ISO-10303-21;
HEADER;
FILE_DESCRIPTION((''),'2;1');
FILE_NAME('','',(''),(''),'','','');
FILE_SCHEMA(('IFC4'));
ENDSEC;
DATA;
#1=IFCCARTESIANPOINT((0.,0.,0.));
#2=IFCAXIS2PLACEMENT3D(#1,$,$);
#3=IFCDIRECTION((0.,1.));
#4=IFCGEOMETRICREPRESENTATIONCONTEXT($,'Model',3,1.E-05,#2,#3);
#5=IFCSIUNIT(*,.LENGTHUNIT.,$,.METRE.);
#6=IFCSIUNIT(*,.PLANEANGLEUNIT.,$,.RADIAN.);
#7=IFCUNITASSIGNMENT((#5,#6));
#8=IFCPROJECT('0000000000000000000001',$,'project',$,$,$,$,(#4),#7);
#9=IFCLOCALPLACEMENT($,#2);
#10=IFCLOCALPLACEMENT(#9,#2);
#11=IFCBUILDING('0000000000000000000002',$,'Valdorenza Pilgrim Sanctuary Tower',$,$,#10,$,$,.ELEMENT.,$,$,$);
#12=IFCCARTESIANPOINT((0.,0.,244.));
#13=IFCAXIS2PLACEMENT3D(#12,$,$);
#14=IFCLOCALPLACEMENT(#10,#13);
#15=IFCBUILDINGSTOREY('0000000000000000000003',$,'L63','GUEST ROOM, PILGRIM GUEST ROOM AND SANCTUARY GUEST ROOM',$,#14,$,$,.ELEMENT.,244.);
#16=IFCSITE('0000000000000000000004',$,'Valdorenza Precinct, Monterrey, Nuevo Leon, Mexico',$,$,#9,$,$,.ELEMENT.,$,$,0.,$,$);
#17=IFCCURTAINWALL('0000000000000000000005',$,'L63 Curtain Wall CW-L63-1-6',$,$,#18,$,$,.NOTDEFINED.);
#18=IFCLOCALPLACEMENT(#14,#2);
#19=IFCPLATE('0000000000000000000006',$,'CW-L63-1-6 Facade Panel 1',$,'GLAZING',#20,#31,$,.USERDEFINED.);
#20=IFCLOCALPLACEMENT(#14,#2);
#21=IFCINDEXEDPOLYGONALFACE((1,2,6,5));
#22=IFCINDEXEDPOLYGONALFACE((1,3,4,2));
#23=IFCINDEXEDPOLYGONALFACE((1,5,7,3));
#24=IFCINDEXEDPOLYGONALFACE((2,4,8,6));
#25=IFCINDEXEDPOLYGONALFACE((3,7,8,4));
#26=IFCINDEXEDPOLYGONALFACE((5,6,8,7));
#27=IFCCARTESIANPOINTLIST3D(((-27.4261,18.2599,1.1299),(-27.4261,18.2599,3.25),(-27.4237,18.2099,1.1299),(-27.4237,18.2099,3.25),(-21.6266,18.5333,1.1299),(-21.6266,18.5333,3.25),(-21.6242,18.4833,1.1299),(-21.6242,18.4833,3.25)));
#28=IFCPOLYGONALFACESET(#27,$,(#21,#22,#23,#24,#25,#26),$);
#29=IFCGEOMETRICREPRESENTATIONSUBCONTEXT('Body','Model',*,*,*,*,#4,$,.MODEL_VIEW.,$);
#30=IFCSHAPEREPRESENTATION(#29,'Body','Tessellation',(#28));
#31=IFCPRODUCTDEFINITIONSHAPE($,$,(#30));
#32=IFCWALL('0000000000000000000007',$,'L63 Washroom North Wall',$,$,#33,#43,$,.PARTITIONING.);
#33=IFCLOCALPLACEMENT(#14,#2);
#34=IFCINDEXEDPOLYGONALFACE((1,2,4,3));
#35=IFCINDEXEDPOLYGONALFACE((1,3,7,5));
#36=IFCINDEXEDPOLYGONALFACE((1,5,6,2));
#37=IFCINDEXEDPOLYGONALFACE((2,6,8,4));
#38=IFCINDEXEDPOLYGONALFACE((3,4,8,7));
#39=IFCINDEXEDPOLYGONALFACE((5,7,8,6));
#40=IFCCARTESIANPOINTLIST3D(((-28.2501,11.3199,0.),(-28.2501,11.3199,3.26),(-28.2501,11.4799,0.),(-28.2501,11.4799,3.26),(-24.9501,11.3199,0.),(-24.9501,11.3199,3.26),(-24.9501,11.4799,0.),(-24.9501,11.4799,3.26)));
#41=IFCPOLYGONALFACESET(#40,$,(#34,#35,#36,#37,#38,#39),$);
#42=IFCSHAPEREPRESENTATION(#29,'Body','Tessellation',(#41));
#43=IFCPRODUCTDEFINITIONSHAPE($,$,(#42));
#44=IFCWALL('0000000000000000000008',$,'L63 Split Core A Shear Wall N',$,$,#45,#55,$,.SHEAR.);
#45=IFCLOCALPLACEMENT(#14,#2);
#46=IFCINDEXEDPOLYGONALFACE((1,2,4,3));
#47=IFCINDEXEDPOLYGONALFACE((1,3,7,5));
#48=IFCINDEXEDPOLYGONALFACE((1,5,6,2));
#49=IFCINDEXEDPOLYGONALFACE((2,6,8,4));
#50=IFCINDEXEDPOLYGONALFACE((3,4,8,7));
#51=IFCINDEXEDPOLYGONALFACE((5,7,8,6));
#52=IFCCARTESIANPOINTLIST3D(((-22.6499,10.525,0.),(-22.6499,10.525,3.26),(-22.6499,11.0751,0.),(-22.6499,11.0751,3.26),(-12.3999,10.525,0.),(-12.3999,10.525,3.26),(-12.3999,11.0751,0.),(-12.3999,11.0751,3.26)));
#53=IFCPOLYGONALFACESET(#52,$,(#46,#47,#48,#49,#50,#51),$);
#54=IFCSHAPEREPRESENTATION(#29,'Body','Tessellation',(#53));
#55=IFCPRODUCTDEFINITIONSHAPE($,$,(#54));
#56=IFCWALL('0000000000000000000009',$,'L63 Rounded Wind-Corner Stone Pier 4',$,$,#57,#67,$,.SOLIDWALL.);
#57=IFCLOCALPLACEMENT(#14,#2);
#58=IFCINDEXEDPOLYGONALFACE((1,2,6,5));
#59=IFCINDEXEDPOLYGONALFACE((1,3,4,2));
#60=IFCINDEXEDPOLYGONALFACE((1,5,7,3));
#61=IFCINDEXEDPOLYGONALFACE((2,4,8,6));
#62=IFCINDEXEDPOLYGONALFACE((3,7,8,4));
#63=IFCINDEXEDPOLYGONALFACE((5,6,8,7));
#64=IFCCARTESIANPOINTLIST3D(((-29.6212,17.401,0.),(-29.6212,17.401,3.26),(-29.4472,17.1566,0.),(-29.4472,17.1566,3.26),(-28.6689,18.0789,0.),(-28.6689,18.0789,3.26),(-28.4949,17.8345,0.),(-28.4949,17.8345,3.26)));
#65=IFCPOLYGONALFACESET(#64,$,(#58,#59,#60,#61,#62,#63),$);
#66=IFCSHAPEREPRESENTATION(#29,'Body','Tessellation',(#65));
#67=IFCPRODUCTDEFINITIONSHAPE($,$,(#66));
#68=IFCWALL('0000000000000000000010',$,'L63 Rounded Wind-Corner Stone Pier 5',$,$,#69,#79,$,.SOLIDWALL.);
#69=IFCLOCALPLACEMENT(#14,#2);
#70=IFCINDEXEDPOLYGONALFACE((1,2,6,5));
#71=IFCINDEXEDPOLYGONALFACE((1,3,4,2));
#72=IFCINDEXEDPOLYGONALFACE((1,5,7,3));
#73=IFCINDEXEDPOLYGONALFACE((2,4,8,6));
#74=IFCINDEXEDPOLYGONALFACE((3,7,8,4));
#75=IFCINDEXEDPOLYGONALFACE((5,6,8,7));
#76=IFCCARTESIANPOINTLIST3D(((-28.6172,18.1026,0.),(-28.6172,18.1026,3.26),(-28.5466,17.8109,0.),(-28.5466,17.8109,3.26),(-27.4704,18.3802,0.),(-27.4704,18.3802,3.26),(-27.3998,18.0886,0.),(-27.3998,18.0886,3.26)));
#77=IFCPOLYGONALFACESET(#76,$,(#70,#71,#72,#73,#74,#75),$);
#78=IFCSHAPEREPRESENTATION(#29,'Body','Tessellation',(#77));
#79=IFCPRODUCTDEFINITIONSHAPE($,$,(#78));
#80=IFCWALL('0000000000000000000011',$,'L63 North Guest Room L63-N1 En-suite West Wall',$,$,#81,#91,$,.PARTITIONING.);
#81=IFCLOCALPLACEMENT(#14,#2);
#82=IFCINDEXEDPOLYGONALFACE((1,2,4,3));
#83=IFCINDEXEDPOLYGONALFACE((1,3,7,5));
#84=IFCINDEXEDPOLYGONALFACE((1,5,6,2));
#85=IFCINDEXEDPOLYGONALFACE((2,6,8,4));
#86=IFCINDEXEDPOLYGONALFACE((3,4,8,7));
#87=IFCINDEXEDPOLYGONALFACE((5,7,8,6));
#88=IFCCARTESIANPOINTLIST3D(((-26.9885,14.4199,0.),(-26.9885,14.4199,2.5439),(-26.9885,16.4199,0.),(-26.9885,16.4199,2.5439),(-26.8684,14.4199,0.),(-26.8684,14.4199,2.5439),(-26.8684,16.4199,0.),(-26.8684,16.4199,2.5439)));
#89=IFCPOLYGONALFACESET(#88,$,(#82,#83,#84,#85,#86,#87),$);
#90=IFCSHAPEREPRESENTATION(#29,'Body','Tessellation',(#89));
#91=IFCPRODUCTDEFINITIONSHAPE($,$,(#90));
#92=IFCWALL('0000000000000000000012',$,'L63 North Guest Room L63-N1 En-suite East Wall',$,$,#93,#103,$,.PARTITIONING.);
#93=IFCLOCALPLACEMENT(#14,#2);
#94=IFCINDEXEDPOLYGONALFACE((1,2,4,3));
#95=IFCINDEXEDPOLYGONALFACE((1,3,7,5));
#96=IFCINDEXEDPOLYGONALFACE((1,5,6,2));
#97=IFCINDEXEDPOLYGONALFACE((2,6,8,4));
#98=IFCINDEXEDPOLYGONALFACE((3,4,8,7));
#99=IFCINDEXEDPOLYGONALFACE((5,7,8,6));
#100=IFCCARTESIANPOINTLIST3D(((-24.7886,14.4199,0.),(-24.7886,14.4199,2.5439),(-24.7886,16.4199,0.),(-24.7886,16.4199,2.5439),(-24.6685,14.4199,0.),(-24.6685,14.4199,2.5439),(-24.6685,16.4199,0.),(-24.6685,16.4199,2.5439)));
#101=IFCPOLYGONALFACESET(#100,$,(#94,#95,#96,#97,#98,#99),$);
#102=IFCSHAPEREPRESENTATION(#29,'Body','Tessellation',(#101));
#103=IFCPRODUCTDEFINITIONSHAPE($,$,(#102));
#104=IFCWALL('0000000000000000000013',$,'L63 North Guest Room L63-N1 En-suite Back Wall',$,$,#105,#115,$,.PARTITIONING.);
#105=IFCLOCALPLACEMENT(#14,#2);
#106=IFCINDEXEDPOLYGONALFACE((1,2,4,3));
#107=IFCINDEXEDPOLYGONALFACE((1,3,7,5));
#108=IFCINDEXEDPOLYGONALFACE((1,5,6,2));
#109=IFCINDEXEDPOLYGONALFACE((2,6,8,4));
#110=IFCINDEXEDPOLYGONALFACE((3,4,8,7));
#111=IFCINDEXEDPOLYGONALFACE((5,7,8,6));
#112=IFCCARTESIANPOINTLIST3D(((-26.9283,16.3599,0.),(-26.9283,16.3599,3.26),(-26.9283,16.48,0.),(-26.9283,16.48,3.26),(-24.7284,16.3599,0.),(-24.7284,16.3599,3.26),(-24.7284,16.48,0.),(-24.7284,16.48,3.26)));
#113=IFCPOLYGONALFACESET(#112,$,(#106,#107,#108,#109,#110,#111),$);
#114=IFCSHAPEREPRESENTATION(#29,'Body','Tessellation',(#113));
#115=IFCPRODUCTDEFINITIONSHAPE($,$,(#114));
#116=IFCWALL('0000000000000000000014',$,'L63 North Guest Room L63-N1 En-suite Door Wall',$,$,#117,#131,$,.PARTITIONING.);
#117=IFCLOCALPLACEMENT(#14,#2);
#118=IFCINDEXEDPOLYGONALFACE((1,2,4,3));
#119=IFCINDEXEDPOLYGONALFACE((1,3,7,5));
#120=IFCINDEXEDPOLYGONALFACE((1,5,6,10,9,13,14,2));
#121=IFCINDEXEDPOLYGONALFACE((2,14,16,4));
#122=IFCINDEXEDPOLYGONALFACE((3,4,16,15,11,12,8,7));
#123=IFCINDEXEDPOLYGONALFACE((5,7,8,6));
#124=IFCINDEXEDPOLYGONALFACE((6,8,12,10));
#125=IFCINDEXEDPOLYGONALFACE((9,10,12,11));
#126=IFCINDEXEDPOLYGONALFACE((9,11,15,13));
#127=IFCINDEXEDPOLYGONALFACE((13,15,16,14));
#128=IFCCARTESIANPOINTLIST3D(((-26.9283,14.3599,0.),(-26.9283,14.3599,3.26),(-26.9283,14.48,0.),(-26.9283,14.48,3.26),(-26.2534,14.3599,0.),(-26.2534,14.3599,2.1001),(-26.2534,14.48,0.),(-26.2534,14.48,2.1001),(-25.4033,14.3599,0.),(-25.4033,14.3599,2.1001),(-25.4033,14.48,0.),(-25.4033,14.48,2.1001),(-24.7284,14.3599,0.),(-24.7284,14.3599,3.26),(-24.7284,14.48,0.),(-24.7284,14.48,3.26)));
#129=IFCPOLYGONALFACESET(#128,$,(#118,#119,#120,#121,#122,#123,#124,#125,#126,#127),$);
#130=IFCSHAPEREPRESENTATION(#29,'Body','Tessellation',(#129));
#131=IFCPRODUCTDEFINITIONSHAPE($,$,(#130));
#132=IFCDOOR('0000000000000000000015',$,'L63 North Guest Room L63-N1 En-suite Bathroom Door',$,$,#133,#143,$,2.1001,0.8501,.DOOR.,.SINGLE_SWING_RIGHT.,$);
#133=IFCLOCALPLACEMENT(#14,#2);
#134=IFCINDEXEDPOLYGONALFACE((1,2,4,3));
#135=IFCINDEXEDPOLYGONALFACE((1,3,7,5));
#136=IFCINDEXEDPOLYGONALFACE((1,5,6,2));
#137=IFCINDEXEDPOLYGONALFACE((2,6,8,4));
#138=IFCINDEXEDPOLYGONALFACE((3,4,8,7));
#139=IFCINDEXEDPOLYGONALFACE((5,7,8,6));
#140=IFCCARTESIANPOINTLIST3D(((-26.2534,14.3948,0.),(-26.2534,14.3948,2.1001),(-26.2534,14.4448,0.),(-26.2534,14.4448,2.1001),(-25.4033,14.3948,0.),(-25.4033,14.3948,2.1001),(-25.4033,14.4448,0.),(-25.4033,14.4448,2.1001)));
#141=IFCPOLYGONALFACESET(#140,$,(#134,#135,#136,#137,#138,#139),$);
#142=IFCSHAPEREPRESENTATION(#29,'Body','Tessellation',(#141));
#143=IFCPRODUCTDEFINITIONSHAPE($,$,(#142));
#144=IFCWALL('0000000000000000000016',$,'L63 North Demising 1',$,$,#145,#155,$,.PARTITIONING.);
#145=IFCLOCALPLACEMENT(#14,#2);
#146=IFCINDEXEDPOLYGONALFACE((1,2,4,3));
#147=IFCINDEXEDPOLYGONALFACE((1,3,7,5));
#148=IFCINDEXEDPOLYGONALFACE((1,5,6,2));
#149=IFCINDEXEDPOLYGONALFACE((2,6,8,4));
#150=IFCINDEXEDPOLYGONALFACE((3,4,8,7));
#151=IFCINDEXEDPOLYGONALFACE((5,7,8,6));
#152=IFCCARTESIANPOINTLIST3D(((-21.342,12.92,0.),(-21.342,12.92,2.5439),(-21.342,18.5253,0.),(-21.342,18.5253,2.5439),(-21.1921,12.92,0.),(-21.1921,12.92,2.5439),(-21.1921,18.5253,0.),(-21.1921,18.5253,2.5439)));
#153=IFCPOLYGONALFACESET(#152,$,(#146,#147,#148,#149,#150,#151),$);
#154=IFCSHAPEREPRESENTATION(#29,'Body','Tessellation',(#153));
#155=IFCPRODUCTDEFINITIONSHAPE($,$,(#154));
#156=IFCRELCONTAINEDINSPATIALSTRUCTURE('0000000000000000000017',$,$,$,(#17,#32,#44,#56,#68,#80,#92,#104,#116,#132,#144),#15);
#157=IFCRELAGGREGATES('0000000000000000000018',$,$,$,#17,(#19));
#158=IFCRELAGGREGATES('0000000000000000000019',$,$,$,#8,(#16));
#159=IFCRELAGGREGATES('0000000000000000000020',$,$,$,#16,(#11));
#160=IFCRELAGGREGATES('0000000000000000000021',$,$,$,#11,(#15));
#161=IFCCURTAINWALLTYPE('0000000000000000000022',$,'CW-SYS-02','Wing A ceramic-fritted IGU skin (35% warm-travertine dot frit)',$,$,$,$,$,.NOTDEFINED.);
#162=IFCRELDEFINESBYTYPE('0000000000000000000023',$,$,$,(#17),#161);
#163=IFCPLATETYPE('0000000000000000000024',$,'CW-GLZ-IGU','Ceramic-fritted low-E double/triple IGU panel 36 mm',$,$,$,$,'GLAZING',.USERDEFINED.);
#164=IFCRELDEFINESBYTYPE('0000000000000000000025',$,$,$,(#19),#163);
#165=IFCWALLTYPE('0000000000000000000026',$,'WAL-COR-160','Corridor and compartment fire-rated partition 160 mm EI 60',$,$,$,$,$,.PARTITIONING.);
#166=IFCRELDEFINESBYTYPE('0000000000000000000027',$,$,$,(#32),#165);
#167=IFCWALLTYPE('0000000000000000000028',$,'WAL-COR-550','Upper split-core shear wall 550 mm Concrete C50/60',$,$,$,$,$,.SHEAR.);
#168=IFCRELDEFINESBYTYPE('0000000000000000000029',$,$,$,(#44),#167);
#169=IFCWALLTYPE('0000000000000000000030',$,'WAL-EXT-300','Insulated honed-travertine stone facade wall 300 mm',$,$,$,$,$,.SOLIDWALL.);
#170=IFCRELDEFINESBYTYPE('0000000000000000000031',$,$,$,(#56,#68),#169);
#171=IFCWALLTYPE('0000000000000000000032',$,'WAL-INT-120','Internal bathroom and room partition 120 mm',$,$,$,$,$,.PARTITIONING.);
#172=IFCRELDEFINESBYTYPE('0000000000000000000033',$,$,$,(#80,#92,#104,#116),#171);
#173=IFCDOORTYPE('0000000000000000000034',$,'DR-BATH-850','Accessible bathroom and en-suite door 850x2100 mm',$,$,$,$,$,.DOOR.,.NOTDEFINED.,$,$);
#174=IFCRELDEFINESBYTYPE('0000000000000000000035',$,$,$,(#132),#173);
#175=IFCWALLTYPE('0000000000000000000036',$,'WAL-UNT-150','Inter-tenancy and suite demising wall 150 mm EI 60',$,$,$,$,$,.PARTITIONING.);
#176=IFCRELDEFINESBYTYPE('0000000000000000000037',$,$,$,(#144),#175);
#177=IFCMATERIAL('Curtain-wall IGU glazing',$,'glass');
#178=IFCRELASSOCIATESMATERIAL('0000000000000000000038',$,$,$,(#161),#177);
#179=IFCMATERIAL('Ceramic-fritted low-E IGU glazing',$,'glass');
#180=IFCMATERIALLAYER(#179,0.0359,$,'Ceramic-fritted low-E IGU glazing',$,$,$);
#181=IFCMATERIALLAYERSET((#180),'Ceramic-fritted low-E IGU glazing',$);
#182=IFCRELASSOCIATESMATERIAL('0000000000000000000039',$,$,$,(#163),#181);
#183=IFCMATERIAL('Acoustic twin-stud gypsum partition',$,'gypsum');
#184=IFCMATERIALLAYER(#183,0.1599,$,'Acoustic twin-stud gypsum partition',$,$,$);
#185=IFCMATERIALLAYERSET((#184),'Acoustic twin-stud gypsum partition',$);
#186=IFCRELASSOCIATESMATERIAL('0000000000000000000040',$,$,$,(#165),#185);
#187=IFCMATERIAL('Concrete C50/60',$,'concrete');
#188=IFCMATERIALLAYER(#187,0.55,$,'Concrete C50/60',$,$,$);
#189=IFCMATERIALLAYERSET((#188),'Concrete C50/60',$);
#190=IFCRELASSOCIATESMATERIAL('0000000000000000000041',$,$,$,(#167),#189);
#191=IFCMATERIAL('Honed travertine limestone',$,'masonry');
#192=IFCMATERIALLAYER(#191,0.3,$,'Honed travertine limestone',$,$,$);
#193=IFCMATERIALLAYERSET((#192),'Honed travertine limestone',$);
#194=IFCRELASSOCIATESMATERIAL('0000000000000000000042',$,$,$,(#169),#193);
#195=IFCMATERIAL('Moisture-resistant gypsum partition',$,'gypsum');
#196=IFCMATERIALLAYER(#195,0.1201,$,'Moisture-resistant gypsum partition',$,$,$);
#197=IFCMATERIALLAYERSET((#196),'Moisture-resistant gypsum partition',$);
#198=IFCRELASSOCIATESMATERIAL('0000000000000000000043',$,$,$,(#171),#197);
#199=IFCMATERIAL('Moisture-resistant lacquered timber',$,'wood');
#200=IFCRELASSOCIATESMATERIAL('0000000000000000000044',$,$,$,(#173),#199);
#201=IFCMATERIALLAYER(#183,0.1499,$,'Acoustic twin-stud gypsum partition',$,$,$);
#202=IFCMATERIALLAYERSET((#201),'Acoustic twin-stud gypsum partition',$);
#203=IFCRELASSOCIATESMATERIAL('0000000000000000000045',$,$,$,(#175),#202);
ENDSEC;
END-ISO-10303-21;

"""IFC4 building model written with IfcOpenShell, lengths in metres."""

from ifc_helpers import new_model, si_unit, direction, frame, frame_2d, origin, origin_2d, place, context, subcontext, project, spatial, rectangle, extrude, source, transform, mapped, material, layer, layer_set, type_object, element, fill, aggregate, save


model = new_model("IFC4")

# Units and contexts
model_context = context("Model", 3, precision=1e-05, world=origin(), true_north=direction((0.0, 1.0)))
body_context = subcontext(model_context, "Body", "Model", "MODEL_VIEW")
ifc_project = project(units=[si_unit("LENGTHUNIT", "METRE"), si_unit("PLANEANGLEUNIT", "RADIAN")], contexts=[model_context])

# Site, building, storey
site_placement = place(None, origin())
site = spatial("IfcSite", under=ifc_project, at=site_placement, Name="Valdorenza Precinct, Monterrey, Nuevo Leon, Mexico", CompositionType="ELEMENT", RefElevation=0.0)
building_placement = place(site_placement, origin())
building = spatial("IfcBuilding", under=site, at=building_placement, Name="Valdorenza Pilgrim Sanctuary Tower", CompositionType="ELEMENT")
storey_placement = place(building_placement, frame((0.0, 0.0, 244.0)))
storey = spatial("IfcBuildingStorey", under=building, at=storey_placement, Name="L63", Description="GUEST ROOM, PILGRIM GUEST ROOM AND SANCTUARY GUEST ROOM", CompositionType="ELEMENT", Elevation=244.0)

# Shared definitions
ifc_material_1 = material(Name="Concrete C50/60", Category="concrete")

# Curtain wall, plate
ifc_material_2 = material(Name="Curtain-wall IGU glazing", Category="glass")
curtain_wall_type = type_object("IfcCurtainWallType", Name="CW-SYS-02", Description="Wing A ceramic-fritted IGU skin (35% warm-travertine dot frit)", PredefinedType="NOTDEFINED", material=ifc_material_2)
curtain_wall_placement = place(storey_placement, origin())
curtain_wall = element("IfcCurtainWall", 1, at=curtain_wall_placement, inside=storey, type_object=curtain_wall_type, Name="L63 Curtain Wall CW-L63-1-6", PredefinedType="NOTDEFINED")
ifc_material_3 = material(Name="Honed travertine limestone", Category="masonry")
ifc_material_4 = material(Name="Ceramic-fritted low-E IGU glazing", Category="glass")
ifc_layer_1 = layer(ifc_material_4, 0.0359, Name="Ceramic-fritted low-E IGU glazing")
ifc_layer_set_1 = layer_set([ifc_layer_1], Name="Ceramic-fritted low-E IGU glazing")
plate_type_1 = type_object("IfcPlateType", Name="CW-GLZ-IGU", Description="Ceramic-fritted low-E double/triple IGU panel 36 mm", ElementType="GLAZING", PredefinedType="USERDEFINED", material=ifc_layer_set_1)
shared_shape_1 = source(origin(), body_context, "Body", "SweptSolid", [
    extrude(rectangle(XDim=5.8059, YDim=0.05, at=origin_2d()), origin(), (0.0, 0.0, 1.0), 2.1201),
])
plate_1_placement = place(storey_placement, frame((-24.5251, 18.3716, 1.1299), z_axis=(0.0, 0.0, 1.0), x_axis=(0.998891, 0.047089, 0.0)))
plate_1 = element("IfcPlate", 2, at=plate_1_placement, type_object=plate_type_1, Name="CW-L63-1-6 Facade Panel 1", ObjectType="GLAZING", PredefinedType="USERDEFINED", context=body_context, shape_type="MappedRepresentation", body=[
    mapped(shared_shape_1, transform((0.0, 0.0, 0.0), x_axis=(1.0, 0.0, 0.0), y_axis=(0.0, 1.0, 0.0), z_axis=(0.0, 0.0, 1.0), scale=1.0)),
])
aggregate(curtain_wall, [plate_1])

# Walls
ifc_material_5 = material(Name="Acoustic twin-stud gypsum partition", Category="gypsum")
ifc_layer_2 = layer(ifc_material_5, 0.1599, Name="Acoustic twin-stud gypsum partition")
ifc_layer_set_2 = layer_set([ifc_layer_2], Name="Acoustic twin-stud gypsum partition")
wall_type_1 = type_object("IfcWallType", Name="WAL-COR-160", Description="Corridor and compartment fire-rated partition 160 mm EI 60", PredefinedType="PARTITIONING", material=ifc_layer_set_2)
wall_1_placement = place(storey_placement, frame((-28.25, 11.3999, 0.0), z_axis=(0.0, 0.0, 1.0), x_axis=(1.0, 0.0, 0.0)))
element("IfcWall", 3, at=wall_1_placement, inside=storey, type_object=wall_type_1, Name="L63 Washroom North Wall", PredefinedType="PARTITIONING", context=body_context, shape_type="SweptSolid", body=[
    extrude(rectangle(XDim=3.3, YDim=0.1599, at=frame_2d((1.6499, 0.0))), origin(), (0.0, 0.0, 1.0), 3.26),
])
ifc_layer_3 = layer(ifc_material_1, 0.55, Name="Concrete C50/60")
ifc_layer_set_3 = layer_set([ifc_layer_3], Name="Concrete C50/60")
wall_type_2 = type_object("IfcWallType", Name="WAL-COR-550", Description="Upper split-core shear wall 550 mm Concrete C50/60", PredefinedType="SHEAR", material=ifc_layer_set_3)
wall_2_placement = place(storey_placement, frame((-22.6499, 10.8, 0.0), z_axis=(0.0, 0.0, 1.0), x_axis=(1.0, 0.0, 0.0)))
element("IfcWall", 4, at=wall_2_placement, inside=storey, type_object=wall_type_2, Name="L63 Split Core A Shear Wall N", PredefinedType="SHEAR", context=body_context, shape_type="SweptSolid", body=[
    extrude(rectangle(XDim=10.25, YDim=0.55, at=frame_2d((5.125, 0.0))), origin(), (0.0, 0.0, 1.0), 3.26),
])
ifc_layer_4 = layer(ifc_material_3, 0.3, Name="Honed travertine limestone")
ifc_layer_set_4 = layer_set([ifc_layer_4], Name="Honed travertine limestone")
wall_type_3 = type_object("IfcWallType", Name="WAL-EXT-300", Description="Insulated honed-travertine stone facade wall 300 mm", PredefinedType="SOLIDWALL", material=ifc_layer_set_4)
wall_3_placement = place(storey_placement, frame((-29.5342, 17.2788, 0.0), z_axis=(0.0, 0.0, 1.0), x_axis=(0.814664, 0.579934, 0.0)))
element("IfcWall", 5, at=wall_3_placement, inside=storey, type_object=wall_type_3, Name="L63 Rounded Wind-Corner Stone Pier 4", PredefinedType="SOLIDWALL", context=body_context, shape_type="SweptSolid", body=[
    extrude(rectangle(XDim=1.1689, YDim=0.3, at=frame_2d((0.5845, 0.0))), origin(), (0.0, 0.0, 1.0), 3.26),
])
wall_4_placement = place(storey_placement, frame((-28.5818, 17.9568, 0.0), z_axis=(0.0, 0.0, 1.0), x_axis=(0.971929, 0.235274, 0.0)))
element("IfcWall", 6, at=wall_4_placement, inside=storey, type_object=wall_type_3, Name="L63 Rounded Wind-Corner Stone Pier 5", PredefinedType="SOLIDWALL", context=body_context, shape_type="SweptSolid", body=[
    extrude(rectangle(XDim=1.1799, YDim=0.3, at=frame_2d((0.5898, 0.0))), origin(), (0.0, 0.0, 1.0), 3.26),
])
ifc_material_6 = material(Name="Moisture-resistant gypsum partition", Category="gypsum")
ifc_layer_5 = layer(ifc_material_6, 0.1201, Name="Moisture-resistant gypsum partition")
ifc_layer_set_5 = layer_set([ifc_layer_5], Name="Moisture-resistant gypsum partition")
wall_type_4 = type_object("IfcWallType", Name="WAL-INT-120", Description="Internal bathroom and room partition 120 mm", PredefinedType="PARTITIONING", material=ifc_layer_set_5)
for number, where, z_axis, x_axis, name in (
    (7, (-26.9285, 14.4199, 0.0), (0.0, 0.0, 1.0), (0.0, 1.0, 0.0), "L63 North Guest Room L63-N1 En-suite West Wall"),
    (8, (-24.7285, 14.4199, 0.0), (0.0, 0.0, 1.0), (0.0, 1.0, 0.0), "L63 North Guest Room L63-N1 En-suite East Wall"),
):
    element("IfcWall", number, at=place(storey_placement, frame(where, z_axis=z_axis, x_axis=x_axis)), inside=storey, type_object=wall_type_4, Name=name, PredefinedType="PARTITIONING", context=body_context, shape_type="SweptSolid", body=[
        extrude(rectangle(XDim=2.0, YDim=0.1201, at=frame_2d((1.0, 0.0))), origin(), (0.0, 0.0, 1.0), 2.5439),
    ])
wall_5_placement = place(storey_placement, frame((-26.9285, 16.4199, 0.0), z_axis=(0.0, 0.0, 1.0), x_axis=(1.0, 0.0, 0.0)))
element("IfcWall", 9, at=wall_5_placement, inside=storey, type_object=wall_type_4, Name="L63 North Guest Room L63-N1 En-suite Back Wall", PredefinedType="PARTITIONING", context=body_context, shape_type="SweptSolid", body=[
    extrude(rectangle(XDim=2.2, YDim=0.1201, at=frame_2d((1.1001, 0.0))), origin(), (0.0, 0.0, 1.0), 3.26),
])

# Wall, opening, door
wall_6_placement = place(storey_placement, frame((-26.9285, 14.4199, 0.0), z_axis=(0.0, 0.0, 1.0), x_axis=(1.0, 0.0, 0.0)))
wall_6 = element("IfcWall", 10, at=wall_6_placement, inside=storey, type_object=wall_type_4, Name="L63 North Guest Room L63-N1 En-suite Door Wall", PredefinedType="PARTITIONING", context=body_context, shape_type="SweptSolid", body=[
    extrude(rectangle(XDim=2.2, YDim=0.1201, at=frame_2d((1.1001, 0.0))), origin(), (0.0, 0.0, 1.0), 3.26),
])
opening_placement = place(wall_6_placement, frame((0.675, 0.0, 0.0)))
opening = element("IfcOpeningElement", 11, at=opening_placement, cuts=wall_6, PredefinedType="OPENING", context=body_context, shape_type="SweptSolid", body=[
    extrude(rectangle(XDim=0.8501, YDim=2.1001, at=frame_2d((0.425, 1.05))), frame((0.0, 0.075, 0.0), z_axis=(0.0, -1.0, 0.0), x_axis=(1.0, 0.0, 0.0)), (0.0, 0.0, 1.0), 0.1499),
])
ifc_material_7 = material(Name="Moisture-resistant lacquered timber", Category="wood")
door_type = type_object("IfcDoorType", Name="DR-BATH-850", Description="Accessible bathroom and en-suite door 850x2100 mm", OperationType="NOTDEFINED", PredefinedType="DOOR", material=ifc_material_7)
door_placement = place(opening_placement, origin())
door = element("IfcDoor", 12, at=door_placement, inside=storey, type_object=door_type, Name="L63 North Guest Room L63-N1 En-suite Bathroom Door", OperationType="SINGLE_SWING_RIGHT", OverallHeight=2.1001, OverallWidth=0.8501, PredefinedType="DOOR", context=body_context, shape_type="SweptSolid", body=[
    extrude(rectangle(XDim=0.8501, YDim=2.1001, at=frame_2d((0.425, 1.05))), frame((0.0, 0.0249, 0.0), z_axis=(0.0, -1.0, 0.0), x_axis=(1.0, 0.0, 0.0)), (0.0, 0.0, 1.0), 0.05),
])
fill(opening, door)

# Wall
ifc_layer_6 = layer(ifc_material_5, 0.1499, Name="Acoustic twin-stud gypsum partition")
ifc_layer_set_6 = layer_set([ifc_layer_6], Name="Acoustic twin-stud gypsum partition")
wall_type_5 = type_object("IfcWallType", Name="WAL-UNT-150", Description="Inter-tenancy and suite demising wall 150 mm EI 60", PredefinedType="PARTITIONING", material=ifc_layer_set_6)
wall_7_placement = place(storey_placement, frame((-21.2671, 12.9199, 0.0), z_axis=(0.0, 0.0, 1.0), x_axis=(0.0, 1.0, 0.0)))
element("IfcWall", 13, at=wall_7_placement, inside=storey, type_object=wall_type_5, Name="L63 North Demising 1", PredefinedType="PARTITIONING", context=body_context, shape_type="SweptSolid", body=[
    extrude(rectangle(XDim=5.6052, YDim=0.1499, at=frame_2d((2.8027, 0.0))), origin(), (0.0, 0.0, 1.0), 2.5439),
])

save(model, "model.ifc")
